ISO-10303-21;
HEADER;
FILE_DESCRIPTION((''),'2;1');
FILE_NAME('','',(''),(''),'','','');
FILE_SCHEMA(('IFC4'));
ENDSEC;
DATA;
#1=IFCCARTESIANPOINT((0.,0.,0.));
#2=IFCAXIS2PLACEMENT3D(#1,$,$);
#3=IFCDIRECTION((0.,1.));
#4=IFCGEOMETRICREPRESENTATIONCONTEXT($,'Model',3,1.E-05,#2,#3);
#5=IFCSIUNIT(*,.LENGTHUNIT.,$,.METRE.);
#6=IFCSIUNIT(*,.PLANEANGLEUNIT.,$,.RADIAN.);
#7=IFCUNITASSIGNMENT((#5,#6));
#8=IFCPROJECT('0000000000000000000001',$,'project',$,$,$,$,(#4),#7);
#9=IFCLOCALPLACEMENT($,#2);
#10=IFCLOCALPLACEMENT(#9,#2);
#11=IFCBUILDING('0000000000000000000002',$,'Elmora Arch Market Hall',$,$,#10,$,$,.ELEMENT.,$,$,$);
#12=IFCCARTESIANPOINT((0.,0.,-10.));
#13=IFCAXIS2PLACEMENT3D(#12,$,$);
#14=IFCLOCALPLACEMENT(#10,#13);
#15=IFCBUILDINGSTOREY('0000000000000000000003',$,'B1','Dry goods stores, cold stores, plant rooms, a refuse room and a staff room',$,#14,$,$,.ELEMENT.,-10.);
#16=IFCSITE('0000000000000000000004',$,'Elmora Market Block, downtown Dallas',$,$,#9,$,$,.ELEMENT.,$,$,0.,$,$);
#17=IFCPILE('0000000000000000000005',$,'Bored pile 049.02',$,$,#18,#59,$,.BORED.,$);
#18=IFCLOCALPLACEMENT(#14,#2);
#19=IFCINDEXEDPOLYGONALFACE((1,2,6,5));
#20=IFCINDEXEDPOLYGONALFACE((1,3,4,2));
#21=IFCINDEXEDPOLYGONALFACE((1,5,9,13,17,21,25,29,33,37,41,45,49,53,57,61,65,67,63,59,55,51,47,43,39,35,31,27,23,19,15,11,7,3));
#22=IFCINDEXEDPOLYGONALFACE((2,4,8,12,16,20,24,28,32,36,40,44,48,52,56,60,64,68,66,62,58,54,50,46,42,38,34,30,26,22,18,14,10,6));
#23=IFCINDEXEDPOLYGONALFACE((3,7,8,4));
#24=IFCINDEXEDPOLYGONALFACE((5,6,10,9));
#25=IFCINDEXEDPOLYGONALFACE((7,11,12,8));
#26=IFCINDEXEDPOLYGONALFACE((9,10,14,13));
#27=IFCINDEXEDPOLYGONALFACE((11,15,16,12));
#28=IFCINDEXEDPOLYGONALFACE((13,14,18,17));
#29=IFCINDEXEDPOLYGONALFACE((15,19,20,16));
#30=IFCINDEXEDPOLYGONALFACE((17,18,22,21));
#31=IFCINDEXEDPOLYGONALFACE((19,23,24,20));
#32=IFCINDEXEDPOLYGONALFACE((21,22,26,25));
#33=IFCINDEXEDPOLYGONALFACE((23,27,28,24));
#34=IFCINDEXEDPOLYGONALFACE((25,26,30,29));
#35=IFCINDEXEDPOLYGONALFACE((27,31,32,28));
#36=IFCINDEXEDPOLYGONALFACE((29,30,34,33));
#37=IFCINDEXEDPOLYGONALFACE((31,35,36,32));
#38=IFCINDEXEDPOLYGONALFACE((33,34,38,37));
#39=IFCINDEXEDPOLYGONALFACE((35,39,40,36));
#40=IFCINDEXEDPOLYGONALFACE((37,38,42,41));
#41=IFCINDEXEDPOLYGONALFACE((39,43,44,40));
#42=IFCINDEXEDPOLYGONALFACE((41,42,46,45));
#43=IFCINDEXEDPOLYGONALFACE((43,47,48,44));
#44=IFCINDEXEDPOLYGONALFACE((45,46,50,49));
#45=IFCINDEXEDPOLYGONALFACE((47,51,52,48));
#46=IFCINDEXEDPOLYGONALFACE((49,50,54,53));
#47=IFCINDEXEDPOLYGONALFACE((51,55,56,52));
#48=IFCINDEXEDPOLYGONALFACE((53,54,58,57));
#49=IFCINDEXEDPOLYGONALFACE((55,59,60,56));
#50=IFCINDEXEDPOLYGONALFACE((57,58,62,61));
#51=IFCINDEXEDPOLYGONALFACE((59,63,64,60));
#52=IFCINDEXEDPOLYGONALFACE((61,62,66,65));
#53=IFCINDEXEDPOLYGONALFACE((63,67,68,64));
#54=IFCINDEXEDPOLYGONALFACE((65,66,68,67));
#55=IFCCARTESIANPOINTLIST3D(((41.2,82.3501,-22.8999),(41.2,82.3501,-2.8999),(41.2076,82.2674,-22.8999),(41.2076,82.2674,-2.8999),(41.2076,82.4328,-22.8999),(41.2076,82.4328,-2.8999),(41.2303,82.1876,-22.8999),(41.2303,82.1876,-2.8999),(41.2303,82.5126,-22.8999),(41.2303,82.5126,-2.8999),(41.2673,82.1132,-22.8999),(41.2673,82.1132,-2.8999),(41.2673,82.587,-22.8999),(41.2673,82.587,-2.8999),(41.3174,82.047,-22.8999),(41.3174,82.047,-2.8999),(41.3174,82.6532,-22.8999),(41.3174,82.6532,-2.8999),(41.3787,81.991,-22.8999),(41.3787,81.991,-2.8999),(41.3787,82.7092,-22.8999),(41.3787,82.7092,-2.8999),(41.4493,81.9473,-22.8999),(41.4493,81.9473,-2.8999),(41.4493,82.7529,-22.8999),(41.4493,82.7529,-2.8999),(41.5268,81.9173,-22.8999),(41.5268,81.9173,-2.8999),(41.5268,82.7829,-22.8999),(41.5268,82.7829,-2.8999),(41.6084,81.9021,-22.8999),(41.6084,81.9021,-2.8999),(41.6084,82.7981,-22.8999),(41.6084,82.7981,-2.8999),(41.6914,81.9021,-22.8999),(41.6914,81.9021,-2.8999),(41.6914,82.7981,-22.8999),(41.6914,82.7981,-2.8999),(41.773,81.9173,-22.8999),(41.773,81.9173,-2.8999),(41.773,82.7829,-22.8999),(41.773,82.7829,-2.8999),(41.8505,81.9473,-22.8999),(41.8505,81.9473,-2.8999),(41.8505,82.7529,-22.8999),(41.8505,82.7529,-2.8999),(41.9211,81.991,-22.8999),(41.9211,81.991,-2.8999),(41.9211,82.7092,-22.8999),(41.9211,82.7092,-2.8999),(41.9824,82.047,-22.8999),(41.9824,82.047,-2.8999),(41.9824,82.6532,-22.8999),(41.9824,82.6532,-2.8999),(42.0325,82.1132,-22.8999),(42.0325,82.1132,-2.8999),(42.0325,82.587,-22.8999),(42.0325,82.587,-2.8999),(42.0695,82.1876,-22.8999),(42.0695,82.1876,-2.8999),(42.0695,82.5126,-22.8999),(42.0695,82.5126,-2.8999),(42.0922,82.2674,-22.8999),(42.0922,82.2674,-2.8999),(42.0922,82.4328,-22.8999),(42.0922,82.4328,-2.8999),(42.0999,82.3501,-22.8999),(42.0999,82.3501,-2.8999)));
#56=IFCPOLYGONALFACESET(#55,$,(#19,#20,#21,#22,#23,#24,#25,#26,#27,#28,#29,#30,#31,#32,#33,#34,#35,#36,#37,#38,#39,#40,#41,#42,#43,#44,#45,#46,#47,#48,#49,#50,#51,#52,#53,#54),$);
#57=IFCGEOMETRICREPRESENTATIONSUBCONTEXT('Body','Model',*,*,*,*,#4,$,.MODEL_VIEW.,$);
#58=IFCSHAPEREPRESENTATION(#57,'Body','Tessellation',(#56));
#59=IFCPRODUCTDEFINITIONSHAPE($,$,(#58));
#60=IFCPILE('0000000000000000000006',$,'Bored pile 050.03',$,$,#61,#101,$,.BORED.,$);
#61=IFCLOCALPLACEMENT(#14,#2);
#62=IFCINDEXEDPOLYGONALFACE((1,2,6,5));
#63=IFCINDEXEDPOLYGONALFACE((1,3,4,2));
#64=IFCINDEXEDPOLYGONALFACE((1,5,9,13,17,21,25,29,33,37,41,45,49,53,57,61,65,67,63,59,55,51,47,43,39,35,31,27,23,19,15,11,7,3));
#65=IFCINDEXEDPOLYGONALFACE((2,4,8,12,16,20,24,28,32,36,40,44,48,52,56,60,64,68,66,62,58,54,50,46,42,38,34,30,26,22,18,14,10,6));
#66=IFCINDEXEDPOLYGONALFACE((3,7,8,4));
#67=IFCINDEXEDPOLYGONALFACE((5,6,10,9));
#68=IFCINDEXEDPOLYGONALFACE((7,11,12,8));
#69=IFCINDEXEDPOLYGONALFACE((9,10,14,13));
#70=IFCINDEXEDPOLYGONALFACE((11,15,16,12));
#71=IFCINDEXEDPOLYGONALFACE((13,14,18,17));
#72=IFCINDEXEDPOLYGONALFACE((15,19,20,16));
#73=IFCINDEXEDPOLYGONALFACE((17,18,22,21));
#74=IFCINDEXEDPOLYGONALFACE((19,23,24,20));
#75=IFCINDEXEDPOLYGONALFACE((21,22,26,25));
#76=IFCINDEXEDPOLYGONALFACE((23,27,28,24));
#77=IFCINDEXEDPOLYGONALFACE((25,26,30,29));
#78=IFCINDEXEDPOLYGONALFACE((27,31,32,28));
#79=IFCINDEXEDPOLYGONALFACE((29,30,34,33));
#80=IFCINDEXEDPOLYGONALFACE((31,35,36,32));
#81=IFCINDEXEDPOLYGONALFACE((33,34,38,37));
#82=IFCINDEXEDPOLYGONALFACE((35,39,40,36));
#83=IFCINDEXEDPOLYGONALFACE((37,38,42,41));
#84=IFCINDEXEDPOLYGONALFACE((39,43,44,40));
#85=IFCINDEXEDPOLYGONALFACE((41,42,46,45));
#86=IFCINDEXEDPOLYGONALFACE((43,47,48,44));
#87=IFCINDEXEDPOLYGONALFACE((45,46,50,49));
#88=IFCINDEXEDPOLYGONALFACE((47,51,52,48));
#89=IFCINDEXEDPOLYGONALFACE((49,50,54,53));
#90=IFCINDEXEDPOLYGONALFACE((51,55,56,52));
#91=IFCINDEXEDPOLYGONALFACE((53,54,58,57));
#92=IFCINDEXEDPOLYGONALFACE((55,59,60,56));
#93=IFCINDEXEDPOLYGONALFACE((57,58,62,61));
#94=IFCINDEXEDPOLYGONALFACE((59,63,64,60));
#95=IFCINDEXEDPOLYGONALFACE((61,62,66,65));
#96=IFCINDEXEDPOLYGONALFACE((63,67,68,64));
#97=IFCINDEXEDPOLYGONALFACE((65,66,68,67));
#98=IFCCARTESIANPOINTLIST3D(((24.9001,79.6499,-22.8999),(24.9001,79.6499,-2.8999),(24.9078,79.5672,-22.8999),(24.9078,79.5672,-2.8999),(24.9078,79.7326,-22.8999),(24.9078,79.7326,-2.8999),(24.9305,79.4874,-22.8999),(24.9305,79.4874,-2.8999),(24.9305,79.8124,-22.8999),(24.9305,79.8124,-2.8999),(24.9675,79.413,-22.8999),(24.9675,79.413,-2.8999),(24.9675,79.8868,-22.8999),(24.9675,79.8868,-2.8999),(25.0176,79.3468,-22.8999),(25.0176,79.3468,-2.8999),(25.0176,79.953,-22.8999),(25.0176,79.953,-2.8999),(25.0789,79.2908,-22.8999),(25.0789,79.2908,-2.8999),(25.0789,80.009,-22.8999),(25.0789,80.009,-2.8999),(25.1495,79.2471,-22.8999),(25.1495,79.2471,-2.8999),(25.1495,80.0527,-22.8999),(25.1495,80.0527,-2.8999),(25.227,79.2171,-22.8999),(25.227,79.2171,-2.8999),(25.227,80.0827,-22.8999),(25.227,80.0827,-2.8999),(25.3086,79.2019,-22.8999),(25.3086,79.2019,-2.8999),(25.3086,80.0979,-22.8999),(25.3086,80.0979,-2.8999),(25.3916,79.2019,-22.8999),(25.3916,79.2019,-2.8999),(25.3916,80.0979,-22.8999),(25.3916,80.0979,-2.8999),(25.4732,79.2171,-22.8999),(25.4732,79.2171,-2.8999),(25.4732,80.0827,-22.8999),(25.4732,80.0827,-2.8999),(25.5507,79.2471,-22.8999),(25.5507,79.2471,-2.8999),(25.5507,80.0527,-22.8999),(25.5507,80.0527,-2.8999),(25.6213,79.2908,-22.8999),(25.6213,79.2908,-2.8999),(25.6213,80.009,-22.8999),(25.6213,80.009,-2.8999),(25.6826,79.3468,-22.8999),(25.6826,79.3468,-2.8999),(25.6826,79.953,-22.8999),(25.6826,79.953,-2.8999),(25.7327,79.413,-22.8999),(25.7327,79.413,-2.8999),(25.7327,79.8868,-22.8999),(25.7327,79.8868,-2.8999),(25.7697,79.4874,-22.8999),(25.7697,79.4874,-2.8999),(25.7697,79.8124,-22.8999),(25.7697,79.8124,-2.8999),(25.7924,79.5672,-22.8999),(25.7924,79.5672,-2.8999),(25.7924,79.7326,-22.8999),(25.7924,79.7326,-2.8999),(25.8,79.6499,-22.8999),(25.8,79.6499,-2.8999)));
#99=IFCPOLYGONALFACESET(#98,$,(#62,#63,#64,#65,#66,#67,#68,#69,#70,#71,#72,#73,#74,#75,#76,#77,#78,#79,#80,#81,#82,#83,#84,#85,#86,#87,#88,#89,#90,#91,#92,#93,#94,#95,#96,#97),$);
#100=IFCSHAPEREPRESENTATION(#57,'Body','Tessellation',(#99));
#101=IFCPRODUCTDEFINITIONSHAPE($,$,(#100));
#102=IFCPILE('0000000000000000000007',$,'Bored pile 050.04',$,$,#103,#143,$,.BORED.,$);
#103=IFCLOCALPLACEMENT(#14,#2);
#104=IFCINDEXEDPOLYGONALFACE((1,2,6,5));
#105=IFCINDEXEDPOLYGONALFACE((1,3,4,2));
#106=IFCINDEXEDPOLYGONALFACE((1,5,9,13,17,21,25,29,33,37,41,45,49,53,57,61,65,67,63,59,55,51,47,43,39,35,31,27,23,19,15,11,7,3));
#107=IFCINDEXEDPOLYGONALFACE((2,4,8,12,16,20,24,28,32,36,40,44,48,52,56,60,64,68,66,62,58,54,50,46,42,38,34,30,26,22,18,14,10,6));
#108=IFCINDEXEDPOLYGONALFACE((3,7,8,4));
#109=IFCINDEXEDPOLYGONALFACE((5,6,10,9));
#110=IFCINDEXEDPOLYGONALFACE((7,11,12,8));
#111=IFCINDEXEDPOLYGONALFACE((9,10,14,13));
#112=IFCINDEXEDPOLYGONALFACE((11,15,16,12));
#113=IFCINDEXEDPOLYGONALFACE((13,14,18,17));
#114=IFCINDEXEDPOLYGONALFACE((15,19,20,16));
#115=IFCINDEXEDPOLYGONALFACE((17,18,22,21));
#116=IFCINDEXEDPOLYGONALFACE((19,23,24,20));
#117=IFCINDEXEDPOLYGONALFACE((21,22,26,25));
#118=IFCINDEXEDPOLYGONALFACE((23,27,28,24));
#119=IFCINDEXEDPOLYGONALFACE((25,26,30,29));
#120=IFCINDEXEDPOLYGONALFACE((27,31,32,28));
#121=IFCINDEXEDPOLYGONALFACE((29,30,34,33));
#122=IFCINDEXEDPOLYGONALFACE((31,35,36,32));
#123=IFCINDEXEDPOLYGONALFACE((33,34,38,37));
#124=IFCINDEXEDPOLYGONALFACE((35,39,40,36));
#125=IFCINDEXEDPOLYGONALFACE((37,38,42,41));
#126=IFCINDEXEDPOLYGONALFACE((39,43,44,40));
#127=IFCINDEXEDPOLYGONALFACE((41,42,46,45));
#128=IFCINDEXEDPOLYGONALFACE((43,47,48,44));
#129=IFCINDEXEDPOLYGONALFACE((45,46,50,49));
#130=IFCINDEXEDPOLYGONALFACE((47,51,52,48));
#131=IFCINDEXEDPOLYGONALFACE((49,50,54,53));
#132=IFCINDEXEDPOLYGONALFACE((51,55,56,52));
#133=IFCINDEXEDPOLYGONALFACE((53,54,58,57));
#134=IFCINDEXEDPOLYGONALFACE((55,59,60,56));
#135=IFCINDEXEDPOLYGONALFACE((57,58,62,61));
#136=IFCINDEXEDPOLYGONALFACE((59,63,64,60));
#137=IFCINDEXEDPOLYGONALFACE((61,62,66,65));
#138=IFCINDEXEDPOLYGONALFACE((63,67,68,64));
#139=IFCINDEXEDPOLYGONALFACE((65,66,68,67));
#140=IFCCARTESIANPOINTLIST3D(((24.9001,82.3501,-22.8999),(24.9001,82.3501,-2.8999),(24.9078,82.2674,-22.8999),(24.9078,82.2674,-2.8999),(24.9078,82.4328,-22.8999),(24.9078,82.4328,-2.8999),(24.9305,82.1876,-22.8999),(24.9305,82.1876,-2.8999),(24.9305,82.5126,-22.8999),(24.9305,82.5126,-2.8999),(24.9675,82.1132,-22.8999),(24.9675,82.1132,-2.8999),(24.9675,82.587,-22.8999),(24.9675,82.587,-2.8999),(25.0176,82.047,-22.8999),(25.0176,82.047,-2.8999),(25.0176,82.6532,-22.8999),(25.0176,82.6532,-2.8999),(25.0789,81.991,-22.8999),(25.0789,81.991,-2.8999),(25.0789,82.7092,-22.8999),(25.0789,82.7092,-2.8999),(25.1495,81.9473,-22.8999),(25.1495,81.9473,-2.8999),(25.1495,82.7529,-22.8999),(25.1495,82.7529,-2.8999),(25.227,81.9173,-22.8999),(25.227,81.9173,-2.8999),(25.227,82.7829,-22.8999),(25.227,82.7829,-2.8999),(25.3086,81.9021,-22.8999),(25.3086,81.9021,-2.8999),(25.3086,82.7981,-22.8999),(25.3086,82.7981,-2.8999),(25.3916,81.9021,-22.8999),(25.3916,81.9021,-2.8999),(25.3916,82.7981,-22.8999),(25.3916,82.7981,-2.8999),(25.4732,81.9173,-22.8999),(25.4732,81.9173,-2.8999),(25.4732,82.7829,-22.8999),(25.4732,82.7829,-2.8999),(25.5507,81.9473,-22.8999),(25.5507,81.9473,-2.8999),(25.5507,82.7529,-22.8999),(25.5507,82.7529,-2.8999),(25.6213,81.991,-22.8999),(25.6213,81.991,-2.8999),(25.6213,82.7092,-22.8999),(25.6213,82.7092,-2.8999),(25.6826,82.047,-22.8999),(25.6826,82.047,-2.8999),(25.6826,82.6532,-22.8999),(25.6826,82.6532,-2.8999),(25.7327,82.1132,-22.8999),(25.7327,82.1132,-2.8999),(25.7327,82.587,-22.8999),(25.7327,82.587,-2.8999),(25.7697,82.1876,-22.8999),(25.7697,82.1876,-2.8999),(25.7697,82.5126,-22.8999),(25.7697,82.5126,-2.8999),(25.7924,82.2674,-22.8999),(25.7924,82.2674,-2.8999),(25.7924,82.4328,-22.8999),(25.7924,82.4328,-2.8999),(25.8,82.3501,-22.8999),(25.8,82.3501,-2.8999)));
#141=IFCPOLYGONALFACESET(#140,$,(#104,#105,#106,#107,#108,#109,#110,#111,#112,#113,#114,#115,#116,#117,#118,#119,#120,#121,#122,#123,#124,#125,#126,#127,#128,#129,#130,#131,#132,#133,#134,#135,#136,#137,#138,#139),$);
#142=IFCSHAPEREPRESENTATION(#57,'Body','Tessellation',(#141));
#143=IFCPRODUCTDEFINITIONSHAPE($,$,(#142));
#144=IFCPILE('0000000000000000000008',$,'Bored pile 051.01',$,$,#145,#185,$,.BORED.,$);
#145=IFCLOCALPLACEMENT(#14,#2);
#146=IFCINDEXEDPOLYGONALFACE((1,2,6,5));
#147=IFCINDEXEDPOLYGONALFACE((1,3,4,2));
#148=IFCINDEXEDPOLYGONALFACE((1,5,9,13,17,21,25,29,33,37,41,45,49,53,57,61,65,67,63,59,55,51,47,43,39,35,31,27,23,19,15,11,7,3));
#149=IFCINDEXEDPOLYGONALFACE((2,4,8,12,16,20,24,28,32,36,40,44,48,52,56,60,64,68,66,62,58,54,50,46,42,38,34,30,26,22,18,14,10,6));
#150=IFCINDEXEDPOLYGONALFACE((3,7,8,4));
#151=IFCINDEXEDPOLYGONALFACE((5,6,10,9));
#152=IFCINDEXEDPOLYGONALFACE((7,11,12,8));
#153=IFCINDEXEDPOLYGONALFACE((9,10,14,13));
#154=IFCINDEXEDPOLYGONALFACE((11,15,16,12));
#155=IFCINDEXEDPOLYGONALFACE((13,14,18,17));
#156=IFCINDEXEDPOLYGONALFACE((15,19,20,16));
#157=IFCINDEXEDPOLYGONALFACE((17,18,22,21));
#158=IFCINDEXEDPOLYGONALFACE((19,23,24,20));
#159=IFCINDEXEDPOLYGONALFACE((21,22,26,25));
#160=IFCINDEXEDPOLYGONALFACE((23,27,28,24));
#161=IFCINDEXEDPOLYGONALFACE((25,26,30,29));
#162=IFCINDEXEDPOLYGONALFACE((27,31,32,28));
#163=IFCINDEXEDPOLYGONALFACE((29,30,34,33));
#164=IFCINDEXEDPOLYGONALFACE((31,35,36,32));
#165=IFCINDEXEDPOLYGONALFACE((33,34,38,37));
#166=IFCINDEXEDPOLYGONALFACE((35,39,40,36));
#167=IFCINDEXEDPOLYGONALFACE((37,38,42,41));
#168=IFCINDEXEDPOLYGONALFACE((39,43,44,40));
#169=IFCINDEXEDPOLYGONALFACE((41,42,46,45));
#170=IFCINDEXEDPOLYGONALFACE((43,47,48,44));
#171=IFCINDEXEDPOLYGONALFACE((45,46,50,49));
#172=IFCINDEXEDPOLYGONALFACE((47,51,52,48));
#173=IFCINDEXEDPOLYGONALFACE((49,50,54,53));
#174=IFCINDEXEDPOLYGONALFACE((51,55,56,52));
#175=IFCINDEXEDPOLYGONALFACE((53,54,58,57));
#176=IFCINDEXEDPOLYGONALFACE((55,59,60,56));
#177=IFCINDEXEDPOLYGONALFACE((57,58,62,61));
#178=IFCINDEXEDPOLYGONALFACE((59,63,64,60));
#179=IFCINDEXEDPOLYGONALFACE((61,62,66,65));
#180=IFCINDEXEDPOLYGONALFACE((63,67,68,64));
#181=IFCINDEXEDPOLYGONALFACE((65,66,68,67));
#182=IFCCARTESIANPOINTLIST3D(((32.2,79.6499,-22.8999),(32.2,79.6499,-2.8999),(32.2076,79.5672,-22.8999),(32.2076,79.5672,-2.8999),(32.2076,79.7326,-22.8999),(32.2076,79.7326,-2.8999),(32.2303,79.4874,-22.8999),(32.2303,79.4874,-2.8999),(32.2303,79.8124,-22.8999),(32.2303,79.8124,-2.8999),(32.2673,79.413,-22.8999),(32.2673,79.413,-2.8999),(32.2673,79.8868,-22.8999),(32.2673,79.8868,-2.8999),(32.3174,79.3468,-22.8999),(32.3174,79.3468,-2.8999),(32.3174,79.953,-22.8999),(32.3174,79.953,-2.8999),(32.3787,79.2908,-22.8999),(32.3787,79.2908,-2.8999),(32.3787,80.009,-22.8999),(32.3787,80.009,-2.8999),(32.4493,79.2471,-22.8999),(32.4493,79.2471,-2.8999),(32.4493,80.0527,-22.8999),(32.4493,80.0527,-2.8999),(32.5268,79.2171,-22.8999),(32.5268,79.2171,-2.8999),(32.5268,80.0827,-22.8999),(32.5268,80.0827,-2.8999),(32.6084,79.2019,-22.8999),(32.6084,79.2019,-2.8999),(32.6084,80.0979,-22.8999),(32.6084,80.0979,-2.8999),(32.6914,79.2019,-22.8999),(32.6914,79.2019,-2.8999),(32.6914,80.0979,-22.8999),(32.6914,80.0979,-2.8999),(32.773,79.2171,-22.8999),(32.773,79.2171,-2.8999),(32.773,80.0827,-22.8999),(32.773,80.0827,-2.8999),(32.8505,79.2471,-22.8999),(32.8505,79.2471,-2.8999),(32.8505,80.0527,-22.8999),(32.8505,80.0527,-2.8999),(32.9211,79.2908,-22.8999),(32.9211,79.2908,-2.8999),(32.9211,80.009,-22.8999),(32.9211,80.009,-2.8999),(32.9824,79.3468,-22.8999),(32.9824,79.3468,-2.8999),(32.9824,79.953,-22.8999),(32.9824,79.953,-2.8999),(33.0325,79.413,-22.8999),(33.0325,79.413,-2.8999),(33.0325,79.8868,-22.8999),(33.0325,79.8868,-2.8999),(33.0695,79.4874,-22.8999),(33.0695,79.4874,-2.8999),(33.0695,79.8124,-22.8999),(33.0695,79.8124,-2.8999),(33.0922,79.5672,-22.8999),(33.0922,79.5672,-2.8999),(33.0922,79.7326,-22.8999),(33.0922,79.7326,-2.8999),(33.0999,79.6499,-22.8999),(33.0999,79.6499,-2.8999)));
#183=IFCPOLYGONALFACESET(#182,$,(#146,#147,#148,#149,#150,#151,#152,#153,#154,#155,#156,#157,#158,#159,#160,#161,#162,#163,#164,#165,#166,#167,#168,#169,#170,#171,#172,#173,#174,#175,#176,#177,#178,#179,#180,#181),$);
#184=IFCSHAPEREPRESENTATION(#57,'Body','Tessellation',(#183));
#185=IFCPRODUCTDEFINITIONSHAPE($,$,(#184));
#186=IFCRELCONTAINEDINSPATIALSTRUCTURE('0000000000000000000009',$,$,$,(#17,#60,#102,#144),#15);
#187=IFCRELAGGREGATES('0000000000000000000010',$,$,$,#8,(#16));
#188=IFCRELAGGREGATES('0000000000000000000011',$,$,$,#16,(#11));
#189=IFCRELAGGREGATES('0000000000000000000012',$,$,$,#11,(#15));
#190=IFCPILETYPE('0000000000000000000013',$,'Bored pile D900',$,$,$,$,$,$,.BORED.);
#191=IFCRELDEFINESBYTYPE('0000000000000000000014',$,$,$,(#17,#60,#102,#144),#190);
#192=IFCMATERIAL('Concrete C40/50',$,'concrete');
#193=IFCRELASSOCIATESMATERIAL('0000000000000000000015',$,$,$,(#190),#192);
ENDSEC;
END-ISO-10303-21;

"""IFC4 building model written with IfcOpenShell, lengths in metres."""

from ifc_helpers import new_model, si_unit, direction, frame, origin, origin_2d, place, context, subcontext, project, spatial, circle, extrude, material, material_profile, profile_set, type_object, element, save


model = new_model("IFC4")

# Units and contexts
model_context = context("Model", 3, precision=1e-05, world=origin(), true_north=direction((0.0, 1.0)))
body_context = subcontext(model_context, "Body", "Model", "MODEL_VIEW")
ifc_project = project(units=[si_unit("LENGTHUNIT", "METRE"), si_unit("PLANEANGLEUNIT", "RADIAN")], contexts=[model_context])

# Site, building, storey
site_placement = place(None, origin())
site = spatial("IfcSite", under=ifc_project, at=site_placement, Name="Elmora Market Block, downtown Dallas", CompositionType="ELEMENT", RefElevation=0.0)
building_placement = place(site_placement, origin())
building = spatial("IfcBuilding", under=site, at=building_placement, Name="Elmora Arch Market Hall", CompositionType="ELEMENT")
storey_placement = place(building_placement, frame((0.0, 0.0, -10.0)))
storey = spatial("IfcBuildingStorey", under=building, at=storey_placement, Name="B1", Description="Dry goods stores, cold stores, plant rooms, a refuse room and a staff room", CompositionType="ELEMENT", Elevation=-10.0)

# Piles
ifc_material_1 = material(Name="Concrete C40/50", Category="concrete")
ifc_material_profile_1 = material_profile(ifc_material_1, circle(Radius=0.45, at=origin_2d()), Name="Bored pile D900")
ifc_profile_set_1 = profile_set([ifc_material_profile_1], Name="Concrete C40/50")
pile_type = type_object("IfcPileType", Name="Bored pile D900", PredefinedType="BORED", material=ifc_profile_set_1)
for number, where, z_axis, x_axis, name in (
    (1, (41.6499, 82.3501, -2.8999), (0.0, 0.0, -1.0), (1.0, 0.0, 0.0), "Bored pile 049.02"),
    (2, (25.3501, 79.6499, -2.8999), (0.0, 0.0, -1.0), (1.0, 0.0, 0.0), "Bored pile 050.03"),
    (3, (25.3501, 82.3501, -2.8999), (0.0, 0.0, -1.0), (1.0, 0.0, 0.0), "Bored pile 050.04"),
    (4, (32.6499, 79.6499, -2.8999), (0.0, 0.0, -1.0), (1.0, 0.0, 0.0), "Bored pile 051.01"),
):
    element("IfcPile", number, at=place(storey_placement, frame(where, z_axis=z_axis, x_axis=x_axis)), inside=storey, type_object=pile_type, Name=name, PredefinedType="BORED", context=body_context, shape_type="SweptSolid", body=[
        extrude(circle(Radius=0.45, at=origin_2d()), origin(), (0.0, 0.0, 1.0), 20.0),
    ])

save(model, "model.ifc")
